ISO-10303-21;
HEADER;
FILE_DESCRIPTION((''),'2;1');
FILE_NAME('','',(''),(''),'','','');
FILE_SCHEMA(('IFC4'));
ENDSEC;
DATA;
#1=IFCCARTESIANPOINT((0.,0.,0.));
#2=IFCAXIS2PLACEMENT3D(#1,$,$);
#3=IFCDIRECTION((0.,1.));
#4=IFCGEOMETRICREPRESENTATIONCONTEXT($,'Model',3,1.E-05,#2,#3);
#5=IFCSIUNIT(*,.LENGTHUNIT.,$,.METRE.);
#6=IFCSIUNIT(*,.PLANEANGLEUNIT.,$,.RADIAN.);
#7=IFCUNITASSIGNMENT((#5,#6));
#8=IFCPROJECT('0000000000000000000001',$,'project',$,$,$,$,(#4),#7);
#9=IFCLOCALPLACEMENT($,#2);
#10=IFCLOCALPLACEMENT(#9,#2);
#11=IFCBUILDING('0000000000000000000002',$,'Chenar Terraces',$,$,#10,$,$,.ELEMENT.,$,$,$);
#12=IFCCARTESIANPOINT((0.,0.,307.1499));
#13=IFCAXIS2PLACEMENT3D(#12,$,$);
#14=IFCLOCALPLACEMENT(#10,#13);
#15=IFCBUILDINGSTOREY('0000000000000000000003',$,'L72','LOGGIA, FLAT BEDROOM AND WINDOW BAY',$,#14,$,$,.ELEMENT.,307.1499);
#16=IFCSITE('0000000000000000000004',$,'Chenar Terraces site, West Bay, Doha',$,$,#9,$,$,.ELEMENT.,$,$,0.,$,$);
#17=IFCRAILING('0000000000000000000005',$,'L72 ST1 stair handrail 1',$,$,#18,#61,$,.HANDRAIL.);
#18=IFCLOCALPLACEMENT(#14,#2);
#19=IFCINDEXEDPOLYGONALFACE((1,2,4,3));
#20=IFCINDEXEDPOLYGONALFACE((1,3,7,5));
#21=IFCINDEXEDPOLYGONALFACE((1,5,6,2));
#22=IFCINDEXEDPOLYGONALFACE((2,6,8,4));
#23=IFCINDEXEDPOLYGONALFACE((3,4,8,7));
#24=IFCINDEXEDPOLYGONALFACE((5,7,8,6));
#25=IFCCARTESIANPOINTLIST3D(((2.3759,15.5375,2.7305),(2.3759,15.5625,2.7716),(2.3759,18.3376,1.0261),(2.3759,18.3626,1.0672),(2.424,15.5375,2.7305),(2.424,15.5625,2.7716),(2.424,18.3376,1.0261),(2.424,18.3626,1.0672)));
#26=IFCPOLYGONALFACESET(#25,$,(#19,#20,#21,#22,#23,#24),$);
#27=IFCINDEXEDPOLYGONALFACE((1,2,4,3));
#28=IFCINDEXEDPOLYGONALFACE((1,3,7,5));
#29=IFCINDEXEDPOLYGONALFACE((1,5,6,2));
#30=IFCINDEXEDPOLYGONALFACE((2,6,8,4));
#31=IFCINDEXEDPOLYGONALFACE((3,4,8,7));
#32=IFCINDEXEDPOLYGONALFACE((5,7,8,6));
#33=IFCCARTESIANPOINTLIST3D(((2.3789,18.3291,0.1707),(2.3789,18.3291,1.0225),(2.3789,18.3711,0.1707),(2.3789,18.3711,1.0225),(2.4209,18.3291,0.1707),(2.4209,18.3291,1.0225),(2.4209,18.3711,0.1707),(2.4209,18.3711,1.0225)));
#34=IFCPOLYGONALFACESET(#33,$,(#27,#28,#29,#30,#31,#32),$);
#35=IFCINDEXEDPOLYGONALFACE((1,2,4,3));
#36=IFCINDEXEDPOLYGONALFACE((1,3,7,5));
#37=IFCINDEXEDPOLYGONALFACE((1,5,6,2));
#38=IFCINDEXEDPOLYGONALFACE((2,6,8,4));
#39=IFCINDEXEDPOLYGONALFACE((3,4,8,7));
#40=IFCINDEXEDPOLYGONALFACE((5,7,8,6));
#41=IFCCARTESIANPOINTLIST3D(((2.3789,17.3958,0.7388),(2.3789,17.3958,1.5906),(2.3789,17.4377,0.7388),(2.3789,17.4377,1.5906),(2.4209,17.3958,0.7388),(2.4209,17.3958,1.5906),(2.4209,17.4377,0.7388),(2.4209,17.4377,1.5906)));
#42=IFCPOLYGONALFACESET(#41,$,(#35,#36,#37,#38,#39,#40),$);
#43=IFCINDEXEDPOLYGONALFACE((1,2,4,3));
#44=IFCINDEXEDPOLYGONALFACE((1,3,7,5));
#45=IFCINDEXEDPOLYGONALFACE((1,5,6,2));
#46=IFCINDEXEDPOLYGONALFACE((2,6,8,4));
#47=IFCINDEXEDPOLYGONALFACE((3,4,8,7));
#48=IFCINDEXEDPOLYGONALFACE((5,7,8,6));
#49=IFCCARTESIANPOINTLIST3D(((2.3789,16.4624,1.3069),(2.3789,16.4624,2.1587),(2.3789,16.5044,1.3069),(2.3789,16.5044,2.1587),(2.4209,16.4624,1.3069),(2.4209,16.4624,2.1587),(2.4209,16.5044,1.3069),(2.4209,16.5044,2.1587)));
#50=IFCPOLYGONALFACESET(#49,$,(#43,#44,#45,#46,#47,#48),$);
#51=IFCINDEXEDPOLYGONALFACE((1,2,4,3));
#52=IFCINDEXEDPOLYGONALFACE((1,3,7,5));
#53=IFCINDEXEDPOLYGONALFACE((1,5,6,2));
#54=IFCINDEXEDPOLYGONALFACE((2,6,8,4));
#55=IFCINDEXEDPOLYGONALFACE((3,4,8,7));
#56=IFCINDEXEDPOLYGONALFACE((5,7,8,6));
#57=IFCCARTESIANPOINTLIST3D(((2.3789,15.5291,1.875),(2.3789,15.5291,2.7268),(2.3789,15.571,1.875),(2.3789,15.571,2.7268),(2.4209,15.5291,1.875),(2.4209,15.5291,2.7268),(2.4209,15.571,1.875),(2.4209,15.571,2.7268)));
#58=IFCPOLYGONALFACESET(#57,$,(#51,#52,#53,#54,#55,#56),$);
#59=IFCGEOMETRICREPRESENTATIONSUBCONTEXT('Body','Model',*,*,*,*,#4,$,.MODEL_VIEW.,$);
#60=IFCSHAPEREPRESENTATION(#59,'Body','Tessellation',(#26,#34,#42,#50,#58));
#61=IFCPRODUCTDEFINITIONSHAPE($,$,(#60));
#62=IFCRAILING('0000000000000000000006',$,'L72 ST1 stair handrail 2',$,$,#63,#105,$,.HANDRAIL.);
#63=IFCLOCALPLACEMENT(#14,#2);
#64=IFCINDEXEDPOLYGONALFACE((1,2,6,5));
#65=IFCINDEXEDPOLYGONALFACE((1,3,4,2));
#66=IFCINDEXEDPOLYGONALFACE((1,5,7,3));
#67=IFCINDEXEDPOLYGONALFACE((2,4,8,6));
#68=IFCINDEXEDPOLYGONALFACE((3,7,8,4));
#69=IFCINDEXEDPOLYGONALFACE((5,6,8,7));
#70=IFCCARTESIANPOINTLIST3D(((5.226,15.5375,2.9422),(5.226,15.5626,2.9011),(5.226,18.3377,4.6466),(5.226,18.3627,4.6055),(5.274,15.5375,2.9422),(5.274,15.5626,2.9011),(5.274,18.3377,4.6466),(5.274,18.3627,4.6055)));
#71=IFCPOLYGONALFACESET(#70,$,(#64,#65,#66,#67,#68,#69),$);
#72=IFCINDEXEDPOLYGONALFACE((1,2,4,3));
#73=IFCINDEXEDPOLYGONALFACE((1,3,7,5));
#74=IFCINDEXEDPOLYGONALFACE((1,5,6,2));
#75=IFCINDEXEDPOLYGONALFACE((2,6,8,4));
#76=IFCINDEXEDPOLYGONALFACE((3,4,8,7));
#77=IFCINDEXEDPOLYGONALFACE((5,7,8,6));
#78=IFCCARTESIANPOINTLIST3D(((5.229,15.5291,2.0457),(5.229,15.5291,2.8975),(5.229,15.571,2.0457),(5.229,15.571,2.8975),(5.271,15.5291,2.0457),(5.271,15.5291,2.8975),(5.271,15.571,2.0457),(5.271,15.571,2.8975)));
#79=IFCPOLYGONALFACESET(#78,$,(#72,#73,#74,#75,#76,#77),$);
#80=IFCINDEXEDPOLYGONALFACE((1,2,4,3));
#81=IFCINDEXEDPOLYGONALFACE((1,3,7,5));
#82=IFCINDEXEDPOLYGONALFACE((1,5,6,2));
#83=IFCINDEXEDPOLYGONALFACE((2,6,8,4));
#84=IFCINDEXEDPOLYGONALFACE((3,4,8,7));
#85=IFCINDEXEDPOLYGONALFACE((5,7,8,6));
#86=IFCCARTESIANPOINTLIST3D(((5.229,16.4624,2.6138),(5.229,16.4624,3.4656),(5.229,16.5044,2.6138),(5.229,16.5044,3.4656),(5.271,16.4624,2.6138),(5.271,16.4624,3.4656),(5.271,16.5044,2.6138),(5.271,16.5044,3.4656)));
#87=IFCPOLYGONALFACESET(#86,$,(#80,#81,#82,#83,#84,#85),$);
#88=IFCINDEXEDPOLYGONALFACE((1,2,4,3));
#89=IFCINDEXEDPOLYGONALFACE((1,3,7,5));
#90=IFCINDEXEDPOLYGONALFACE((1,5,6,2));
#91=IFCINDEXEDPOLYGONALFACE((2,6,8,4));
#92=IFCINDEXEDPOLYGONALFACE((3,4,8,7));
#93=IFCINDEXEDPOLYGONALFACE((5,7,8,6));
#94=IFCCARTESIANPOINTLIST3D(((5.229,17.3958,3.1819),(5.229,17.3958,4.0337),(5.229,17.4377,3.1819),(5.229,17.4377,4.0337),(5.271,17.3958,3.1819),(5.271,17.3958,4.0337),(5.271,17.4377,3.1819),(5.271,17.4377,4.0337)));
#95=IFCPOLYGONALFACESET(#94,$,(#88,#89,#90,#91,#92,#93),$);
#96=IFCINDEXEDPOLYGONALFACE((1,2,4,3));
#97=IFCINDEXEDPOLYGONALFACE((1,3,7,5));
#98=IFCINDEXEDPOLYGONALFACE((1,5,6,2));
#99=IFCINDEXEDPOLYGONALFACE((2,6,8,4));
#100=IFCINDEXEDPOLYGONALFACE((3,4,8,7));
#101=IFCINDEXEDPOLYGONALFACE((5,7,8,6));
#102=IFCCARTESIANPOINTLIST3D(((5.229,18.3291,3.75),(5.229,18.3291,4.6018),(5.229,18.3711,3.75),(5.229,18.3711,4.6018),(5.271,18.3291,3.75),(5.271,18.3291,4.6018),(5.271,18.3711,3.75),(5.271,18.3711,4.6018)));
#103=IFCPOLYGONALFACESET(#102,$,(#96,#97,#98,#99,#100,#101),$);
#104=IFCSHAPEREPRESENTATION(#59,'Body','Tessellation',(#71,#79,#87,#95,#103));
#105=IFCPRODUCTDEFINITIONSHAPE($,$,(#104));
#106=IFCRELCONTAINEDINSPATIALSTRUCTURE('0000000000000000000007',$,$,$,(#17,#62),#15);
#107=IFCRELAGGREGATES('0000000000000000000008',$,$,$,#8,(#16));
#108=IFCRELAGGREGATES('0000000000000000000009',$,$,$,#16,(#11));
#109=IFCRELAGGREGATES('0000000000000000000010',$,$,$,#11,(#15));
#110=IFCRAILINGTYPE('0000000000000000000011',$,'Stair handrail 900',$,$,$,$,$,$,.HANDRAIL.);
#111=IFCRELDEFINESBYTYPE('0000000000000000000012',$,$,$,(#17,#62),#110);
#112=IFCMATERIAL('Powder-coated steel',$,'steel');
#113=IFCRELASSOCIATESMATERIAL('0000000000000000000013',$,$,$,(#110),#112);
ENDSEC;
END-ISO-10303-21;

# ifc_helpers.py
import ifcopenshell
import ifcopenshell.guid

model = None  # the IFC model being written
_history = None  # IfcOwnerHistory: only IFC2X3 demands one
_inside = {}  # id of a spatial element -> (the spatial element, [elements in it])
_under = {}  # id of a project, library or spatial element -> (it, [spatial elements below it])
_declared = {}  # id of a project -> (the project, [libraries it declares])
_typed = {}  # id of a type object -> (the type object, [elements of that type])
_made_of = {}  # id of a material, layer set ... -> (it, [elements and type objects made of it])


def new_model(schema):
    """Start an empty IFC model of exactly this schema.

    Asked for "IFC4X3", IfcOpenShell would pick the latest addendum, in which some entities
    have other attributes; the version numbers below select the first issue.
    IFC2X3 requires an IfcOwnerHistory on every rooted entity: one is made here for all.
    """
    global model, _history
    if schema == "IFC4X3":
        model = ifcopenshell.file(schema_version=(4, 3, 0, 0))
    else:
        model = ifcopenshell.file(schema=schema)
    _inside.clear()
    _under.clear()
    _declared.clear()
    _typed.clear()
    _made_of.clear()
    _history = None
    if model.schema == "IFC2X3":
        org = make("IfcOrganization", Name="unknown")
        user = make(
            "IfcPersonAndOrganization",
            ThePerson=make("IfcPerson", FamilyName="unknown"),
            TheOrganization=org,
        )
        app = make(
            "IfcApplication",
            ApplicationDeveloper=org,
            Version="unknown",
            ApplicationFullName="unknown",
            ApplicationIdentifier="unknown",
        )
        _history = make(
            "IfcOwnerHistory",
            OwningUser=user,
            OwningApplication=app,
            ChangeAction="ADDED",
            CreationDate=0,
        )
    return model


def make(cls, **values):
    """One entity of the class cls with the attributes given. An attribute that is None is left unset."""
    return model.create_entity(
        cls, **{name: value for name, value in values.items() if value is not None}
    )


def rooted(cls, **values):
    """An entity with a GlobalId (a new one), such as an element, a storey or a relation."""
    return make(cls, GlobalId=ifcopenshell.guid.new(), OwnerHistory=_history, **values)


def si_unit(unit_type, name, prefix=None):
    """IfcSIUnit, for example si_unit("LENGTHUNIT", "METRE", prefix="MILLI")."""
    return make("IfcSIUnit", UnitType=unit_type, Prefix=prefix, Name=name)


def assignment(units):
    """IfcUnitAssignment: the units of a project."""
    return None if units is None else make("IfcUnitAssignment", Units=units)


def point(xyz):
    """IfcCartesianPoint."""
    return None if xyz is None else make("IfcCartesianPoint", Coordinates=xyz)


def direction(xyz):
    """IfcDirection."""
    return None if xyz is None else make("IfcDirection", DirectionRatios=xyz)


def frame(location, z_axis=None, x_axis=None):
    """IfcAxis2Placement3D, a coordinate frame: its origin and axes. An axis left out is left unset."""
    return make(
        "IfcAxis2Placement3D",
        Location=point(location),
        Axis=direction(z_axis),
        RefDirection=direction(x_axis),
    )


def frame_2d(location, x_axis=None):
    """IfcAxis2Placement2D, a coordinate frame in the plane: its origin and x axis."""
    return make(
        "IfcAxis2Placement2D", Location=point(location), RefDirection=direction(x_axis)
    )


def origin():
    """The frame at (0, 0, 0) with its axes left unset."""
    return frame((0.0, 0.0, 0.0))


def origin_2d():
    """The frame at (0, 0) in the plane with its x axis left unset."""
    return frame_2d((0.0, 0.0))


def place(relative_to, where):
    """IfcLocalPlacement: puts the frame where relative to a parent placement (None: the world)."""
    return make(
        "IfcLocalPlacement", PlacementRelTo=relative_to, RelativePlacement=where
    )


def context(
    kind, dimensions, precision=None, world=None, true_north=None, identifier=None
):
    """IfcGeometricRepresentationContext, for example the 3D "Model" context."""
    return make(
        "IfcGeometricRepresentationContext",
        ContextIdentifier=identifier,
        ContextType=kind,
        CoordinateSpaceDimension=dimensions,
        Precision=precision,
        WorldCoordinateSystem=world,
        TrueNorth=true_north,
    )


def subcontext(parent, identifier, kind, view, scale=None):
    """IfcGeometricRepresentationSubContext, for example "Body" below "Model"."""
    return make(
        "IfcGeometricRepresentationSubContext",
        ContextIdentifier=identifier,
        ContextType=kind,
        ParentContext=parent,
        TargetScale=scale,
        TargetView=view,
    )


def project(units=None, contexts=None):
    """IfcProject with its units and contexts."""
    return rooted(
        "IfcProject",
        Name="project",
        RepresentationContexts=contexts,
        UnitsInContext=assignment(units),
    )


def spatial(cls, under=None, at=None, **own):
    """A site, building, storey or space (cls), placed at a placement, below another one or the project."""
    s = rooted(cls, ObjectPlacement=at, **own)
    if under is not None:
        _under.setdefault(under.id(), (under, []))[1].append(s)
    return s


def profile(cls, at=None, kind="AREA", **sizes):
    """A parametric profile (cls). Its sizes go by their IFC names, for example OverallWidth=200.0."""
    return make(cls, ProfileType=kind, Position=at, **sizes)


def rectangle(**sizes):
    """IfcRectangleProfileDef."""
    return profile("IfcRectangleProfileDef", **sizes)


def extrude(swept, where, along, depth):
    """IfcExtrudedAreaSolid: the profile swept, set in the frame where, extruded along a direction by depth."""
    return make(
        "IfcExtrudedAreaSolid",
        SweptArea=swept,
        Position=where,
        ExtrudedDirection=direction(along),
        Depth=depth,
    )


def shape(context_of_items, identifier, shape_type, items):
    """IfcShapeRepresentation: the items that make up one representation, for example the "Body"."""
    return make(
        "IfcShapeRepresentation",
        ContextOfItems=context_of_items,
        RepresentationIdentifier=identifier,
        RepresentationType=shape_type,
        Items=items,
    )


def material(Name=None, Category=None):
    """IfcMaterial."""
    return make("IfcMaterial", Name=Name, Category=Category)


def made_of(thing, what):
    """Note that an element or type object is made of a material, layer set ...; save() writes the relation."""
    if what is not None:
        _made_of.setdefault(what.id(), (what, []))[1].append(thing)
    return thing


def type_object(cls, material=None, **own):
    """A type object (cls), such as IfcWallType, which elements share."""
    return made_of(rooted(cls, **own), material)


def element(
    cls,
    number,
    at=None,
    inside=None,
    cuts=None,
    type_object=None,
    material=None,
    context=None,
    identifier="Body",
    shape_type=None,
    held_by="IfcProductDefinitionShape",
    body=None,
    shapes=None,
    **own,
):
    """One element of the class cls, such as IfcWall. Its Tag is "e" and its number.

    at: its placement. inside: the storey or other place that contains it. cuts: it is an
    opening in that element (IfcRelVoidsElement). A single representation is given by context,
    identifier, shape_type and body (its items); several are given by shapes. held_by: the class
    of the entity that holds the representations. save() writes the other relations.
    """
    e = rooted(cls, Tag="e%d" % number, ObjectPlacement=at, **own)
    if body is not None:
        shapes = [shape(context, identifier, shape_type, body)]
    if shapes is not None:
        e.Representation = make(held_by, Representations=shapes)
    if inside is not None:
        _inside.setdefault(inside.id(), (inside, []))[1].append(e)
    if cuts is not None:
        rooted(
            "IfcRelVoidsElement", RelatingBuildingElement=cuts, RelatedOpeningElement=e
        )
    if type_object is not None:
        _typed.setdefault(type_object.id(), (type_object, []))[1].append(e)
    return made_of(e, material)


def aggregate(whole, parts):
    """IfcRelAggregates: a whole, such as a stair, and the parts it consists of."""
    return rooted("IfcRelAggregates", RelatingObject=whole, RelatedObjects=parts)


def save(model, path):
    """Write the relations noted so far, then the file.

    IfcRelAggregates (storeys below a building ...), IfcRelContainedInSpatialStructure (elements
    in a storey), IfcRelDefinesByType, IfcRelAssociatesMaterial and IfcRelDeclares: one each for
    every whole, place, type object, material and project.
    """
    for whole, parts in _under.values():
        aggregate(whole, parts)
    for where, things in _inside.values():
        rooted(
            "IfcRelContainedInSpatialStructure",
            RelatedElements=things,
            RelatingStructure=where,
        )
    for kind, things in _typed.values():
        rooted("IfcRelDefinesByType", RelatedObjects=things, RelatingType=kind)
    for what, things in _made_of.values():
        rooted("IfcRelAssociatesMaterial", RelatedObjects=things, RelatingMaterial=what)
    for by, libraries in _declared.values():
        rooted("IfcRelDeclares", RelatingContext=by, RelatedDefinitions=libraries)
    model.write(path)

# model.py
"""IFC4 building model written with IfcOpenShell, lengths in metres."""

from ifc_helpers import new_model, si_unit, direction, frame, origin, origin_2d, place, context, subcontext, project, spatial, rectangle, extrude, material, type_object, element, save


model = new_model("IFC4")

# Units and contexts
model_context = context("Model", 3, precision=1e-05, world=origin(), true_north=direction((0.0, 1.0)))
body_context = subcontext(model_context, "Body", "Model", "MODEL_VIEW")
ifc_project = project(units=[si_unit("LENGTHUNIT", "METRE"), si_unit("PLANEANGLEUNIT", "RADIAN")], contexts=[model_context])

# Site, building, storey
site_placement = place(None, origin())
site = spatial("IfcSite", under=ifc_project, at=site_placement, Name="Chenar Terraces site, West Bay, Doha", CompositionType="ELEMENT", RefElevation=0.0)
building_placement = place(site_placement, origin())
building = spatial("IfcBuilding", under=site, at=building_placement, Name="Chenar Terraces", CompositionType="ELEMENT")
storey_placement = place(building_placement, frame((0.0, 0.0, 307.1499)))
storey = spatial("IfcBuildingStorey", under=building, at=storey_placement, Name="L72", Description="LOGGIA, FLAT BEDROOM AND WINDOW BAY", CompositionType="ELEMENT", Elevation=307.1499)

# Railings
ifc_material_1 = material(Name="Powder-coated steel", Category="steel")
railing_type_1 = type_object("IfcRailingType", Name="Stair handrail 900", PredefinedType="HANDRAIL", material=ifc_material_1)
railing_1_placement = place(storey_placement, frame((2.3999, 18.3501, 0.1707)))
element("IfcRailing", 1, at=railing_1_placement, inside=storey, type_object=railing_type_1, Name="L72 ST1 stair handrail 1", PredefinedType="HANDRAIL", context=body_context, shape_type="SweptSolid", body=[
    extrude(rectangle(XDim=0.0481, YDim=0.0481, at=origin_2d()), frame((0.0, 0.0, 0.876), z_axis=(0.0, -0.854203, 0.51994), x_axis=(1.0, 0.0, 0.0)), (0.0, 0.0, 1.0), 3.2781),
    extrude(rectangle(XDim=0.042, YDim=0.042, at=origin_2d()), origin(), (0.0, 0.0, 1.0), 0.8518),
    extrude(rectangle(XDim=0.042, YDim=0.042, at=origin_2d()), frame((0.0, -0.9333, 0.5681)), (0.0, 0.0, 1.0), 0.8518),
    extrude(rectangle(XDim=0.042, YDim=0.042, at=origin_2d()), frame((0.0, -1.8667, 1.1362)), (0.0, 0.0, 1.0), 0.8518),
    extrude(rectangle(XDim=0.042, YDim=0.042, at=origin_2d()), frame((0.0, -2.8, 1.7043)), (0.0, 0.0, 1.0), 0.8518),
])
railing_2_placement = place(storey_placement, frame((5.25, 15.55, 2.0457)))
element("IfcRailing", 2, at=railing_2_placement, inside=storey, type_object=railing_type_1, Name="L72 ST1 stair handrail 2", PredefinedType="HANDRAIL", context=body_context, shape_type="SweptSolid", body=[
    extrude(rectangle(XDim=0.0481, YDim=0.0481, at=origin_2d()), frame((0.0, 0.0, 0.876), z_axis=(0.0, 0.854203, 0.51994), x_axis=(-1.0, 0.0, 0.0)), (0.0, 0.0, 1.0), 3.2781),
    extrude(rectangle(XDim=0.042, YDim=0.042, at=origin_2d()), origin(), (0.0, 0.0, 1.0), 0.8518),
    extrude(rectangle(XDim=0.042, YDim=0.042, at=origin_2d()), frame((0.0, 0.9333, 0.5681)), (0.0, 0.0, 1.0), 0.8518),
    extrude(rectangle(XDim=0.042, YDim=0.042, at=origin_2d()), frame((0.0, 1.8667, 1.1362)), (0.0, 0.0, 1.0), 0.8518),
    extrude(rectangle(XDim=0.042, YDim=0.042, at=origin_2d()), frame((0.0, 2.8, 1.7043)), (0.0, 0.0, 1.0), 0.8518),
])

save(model, "model.ifc")
